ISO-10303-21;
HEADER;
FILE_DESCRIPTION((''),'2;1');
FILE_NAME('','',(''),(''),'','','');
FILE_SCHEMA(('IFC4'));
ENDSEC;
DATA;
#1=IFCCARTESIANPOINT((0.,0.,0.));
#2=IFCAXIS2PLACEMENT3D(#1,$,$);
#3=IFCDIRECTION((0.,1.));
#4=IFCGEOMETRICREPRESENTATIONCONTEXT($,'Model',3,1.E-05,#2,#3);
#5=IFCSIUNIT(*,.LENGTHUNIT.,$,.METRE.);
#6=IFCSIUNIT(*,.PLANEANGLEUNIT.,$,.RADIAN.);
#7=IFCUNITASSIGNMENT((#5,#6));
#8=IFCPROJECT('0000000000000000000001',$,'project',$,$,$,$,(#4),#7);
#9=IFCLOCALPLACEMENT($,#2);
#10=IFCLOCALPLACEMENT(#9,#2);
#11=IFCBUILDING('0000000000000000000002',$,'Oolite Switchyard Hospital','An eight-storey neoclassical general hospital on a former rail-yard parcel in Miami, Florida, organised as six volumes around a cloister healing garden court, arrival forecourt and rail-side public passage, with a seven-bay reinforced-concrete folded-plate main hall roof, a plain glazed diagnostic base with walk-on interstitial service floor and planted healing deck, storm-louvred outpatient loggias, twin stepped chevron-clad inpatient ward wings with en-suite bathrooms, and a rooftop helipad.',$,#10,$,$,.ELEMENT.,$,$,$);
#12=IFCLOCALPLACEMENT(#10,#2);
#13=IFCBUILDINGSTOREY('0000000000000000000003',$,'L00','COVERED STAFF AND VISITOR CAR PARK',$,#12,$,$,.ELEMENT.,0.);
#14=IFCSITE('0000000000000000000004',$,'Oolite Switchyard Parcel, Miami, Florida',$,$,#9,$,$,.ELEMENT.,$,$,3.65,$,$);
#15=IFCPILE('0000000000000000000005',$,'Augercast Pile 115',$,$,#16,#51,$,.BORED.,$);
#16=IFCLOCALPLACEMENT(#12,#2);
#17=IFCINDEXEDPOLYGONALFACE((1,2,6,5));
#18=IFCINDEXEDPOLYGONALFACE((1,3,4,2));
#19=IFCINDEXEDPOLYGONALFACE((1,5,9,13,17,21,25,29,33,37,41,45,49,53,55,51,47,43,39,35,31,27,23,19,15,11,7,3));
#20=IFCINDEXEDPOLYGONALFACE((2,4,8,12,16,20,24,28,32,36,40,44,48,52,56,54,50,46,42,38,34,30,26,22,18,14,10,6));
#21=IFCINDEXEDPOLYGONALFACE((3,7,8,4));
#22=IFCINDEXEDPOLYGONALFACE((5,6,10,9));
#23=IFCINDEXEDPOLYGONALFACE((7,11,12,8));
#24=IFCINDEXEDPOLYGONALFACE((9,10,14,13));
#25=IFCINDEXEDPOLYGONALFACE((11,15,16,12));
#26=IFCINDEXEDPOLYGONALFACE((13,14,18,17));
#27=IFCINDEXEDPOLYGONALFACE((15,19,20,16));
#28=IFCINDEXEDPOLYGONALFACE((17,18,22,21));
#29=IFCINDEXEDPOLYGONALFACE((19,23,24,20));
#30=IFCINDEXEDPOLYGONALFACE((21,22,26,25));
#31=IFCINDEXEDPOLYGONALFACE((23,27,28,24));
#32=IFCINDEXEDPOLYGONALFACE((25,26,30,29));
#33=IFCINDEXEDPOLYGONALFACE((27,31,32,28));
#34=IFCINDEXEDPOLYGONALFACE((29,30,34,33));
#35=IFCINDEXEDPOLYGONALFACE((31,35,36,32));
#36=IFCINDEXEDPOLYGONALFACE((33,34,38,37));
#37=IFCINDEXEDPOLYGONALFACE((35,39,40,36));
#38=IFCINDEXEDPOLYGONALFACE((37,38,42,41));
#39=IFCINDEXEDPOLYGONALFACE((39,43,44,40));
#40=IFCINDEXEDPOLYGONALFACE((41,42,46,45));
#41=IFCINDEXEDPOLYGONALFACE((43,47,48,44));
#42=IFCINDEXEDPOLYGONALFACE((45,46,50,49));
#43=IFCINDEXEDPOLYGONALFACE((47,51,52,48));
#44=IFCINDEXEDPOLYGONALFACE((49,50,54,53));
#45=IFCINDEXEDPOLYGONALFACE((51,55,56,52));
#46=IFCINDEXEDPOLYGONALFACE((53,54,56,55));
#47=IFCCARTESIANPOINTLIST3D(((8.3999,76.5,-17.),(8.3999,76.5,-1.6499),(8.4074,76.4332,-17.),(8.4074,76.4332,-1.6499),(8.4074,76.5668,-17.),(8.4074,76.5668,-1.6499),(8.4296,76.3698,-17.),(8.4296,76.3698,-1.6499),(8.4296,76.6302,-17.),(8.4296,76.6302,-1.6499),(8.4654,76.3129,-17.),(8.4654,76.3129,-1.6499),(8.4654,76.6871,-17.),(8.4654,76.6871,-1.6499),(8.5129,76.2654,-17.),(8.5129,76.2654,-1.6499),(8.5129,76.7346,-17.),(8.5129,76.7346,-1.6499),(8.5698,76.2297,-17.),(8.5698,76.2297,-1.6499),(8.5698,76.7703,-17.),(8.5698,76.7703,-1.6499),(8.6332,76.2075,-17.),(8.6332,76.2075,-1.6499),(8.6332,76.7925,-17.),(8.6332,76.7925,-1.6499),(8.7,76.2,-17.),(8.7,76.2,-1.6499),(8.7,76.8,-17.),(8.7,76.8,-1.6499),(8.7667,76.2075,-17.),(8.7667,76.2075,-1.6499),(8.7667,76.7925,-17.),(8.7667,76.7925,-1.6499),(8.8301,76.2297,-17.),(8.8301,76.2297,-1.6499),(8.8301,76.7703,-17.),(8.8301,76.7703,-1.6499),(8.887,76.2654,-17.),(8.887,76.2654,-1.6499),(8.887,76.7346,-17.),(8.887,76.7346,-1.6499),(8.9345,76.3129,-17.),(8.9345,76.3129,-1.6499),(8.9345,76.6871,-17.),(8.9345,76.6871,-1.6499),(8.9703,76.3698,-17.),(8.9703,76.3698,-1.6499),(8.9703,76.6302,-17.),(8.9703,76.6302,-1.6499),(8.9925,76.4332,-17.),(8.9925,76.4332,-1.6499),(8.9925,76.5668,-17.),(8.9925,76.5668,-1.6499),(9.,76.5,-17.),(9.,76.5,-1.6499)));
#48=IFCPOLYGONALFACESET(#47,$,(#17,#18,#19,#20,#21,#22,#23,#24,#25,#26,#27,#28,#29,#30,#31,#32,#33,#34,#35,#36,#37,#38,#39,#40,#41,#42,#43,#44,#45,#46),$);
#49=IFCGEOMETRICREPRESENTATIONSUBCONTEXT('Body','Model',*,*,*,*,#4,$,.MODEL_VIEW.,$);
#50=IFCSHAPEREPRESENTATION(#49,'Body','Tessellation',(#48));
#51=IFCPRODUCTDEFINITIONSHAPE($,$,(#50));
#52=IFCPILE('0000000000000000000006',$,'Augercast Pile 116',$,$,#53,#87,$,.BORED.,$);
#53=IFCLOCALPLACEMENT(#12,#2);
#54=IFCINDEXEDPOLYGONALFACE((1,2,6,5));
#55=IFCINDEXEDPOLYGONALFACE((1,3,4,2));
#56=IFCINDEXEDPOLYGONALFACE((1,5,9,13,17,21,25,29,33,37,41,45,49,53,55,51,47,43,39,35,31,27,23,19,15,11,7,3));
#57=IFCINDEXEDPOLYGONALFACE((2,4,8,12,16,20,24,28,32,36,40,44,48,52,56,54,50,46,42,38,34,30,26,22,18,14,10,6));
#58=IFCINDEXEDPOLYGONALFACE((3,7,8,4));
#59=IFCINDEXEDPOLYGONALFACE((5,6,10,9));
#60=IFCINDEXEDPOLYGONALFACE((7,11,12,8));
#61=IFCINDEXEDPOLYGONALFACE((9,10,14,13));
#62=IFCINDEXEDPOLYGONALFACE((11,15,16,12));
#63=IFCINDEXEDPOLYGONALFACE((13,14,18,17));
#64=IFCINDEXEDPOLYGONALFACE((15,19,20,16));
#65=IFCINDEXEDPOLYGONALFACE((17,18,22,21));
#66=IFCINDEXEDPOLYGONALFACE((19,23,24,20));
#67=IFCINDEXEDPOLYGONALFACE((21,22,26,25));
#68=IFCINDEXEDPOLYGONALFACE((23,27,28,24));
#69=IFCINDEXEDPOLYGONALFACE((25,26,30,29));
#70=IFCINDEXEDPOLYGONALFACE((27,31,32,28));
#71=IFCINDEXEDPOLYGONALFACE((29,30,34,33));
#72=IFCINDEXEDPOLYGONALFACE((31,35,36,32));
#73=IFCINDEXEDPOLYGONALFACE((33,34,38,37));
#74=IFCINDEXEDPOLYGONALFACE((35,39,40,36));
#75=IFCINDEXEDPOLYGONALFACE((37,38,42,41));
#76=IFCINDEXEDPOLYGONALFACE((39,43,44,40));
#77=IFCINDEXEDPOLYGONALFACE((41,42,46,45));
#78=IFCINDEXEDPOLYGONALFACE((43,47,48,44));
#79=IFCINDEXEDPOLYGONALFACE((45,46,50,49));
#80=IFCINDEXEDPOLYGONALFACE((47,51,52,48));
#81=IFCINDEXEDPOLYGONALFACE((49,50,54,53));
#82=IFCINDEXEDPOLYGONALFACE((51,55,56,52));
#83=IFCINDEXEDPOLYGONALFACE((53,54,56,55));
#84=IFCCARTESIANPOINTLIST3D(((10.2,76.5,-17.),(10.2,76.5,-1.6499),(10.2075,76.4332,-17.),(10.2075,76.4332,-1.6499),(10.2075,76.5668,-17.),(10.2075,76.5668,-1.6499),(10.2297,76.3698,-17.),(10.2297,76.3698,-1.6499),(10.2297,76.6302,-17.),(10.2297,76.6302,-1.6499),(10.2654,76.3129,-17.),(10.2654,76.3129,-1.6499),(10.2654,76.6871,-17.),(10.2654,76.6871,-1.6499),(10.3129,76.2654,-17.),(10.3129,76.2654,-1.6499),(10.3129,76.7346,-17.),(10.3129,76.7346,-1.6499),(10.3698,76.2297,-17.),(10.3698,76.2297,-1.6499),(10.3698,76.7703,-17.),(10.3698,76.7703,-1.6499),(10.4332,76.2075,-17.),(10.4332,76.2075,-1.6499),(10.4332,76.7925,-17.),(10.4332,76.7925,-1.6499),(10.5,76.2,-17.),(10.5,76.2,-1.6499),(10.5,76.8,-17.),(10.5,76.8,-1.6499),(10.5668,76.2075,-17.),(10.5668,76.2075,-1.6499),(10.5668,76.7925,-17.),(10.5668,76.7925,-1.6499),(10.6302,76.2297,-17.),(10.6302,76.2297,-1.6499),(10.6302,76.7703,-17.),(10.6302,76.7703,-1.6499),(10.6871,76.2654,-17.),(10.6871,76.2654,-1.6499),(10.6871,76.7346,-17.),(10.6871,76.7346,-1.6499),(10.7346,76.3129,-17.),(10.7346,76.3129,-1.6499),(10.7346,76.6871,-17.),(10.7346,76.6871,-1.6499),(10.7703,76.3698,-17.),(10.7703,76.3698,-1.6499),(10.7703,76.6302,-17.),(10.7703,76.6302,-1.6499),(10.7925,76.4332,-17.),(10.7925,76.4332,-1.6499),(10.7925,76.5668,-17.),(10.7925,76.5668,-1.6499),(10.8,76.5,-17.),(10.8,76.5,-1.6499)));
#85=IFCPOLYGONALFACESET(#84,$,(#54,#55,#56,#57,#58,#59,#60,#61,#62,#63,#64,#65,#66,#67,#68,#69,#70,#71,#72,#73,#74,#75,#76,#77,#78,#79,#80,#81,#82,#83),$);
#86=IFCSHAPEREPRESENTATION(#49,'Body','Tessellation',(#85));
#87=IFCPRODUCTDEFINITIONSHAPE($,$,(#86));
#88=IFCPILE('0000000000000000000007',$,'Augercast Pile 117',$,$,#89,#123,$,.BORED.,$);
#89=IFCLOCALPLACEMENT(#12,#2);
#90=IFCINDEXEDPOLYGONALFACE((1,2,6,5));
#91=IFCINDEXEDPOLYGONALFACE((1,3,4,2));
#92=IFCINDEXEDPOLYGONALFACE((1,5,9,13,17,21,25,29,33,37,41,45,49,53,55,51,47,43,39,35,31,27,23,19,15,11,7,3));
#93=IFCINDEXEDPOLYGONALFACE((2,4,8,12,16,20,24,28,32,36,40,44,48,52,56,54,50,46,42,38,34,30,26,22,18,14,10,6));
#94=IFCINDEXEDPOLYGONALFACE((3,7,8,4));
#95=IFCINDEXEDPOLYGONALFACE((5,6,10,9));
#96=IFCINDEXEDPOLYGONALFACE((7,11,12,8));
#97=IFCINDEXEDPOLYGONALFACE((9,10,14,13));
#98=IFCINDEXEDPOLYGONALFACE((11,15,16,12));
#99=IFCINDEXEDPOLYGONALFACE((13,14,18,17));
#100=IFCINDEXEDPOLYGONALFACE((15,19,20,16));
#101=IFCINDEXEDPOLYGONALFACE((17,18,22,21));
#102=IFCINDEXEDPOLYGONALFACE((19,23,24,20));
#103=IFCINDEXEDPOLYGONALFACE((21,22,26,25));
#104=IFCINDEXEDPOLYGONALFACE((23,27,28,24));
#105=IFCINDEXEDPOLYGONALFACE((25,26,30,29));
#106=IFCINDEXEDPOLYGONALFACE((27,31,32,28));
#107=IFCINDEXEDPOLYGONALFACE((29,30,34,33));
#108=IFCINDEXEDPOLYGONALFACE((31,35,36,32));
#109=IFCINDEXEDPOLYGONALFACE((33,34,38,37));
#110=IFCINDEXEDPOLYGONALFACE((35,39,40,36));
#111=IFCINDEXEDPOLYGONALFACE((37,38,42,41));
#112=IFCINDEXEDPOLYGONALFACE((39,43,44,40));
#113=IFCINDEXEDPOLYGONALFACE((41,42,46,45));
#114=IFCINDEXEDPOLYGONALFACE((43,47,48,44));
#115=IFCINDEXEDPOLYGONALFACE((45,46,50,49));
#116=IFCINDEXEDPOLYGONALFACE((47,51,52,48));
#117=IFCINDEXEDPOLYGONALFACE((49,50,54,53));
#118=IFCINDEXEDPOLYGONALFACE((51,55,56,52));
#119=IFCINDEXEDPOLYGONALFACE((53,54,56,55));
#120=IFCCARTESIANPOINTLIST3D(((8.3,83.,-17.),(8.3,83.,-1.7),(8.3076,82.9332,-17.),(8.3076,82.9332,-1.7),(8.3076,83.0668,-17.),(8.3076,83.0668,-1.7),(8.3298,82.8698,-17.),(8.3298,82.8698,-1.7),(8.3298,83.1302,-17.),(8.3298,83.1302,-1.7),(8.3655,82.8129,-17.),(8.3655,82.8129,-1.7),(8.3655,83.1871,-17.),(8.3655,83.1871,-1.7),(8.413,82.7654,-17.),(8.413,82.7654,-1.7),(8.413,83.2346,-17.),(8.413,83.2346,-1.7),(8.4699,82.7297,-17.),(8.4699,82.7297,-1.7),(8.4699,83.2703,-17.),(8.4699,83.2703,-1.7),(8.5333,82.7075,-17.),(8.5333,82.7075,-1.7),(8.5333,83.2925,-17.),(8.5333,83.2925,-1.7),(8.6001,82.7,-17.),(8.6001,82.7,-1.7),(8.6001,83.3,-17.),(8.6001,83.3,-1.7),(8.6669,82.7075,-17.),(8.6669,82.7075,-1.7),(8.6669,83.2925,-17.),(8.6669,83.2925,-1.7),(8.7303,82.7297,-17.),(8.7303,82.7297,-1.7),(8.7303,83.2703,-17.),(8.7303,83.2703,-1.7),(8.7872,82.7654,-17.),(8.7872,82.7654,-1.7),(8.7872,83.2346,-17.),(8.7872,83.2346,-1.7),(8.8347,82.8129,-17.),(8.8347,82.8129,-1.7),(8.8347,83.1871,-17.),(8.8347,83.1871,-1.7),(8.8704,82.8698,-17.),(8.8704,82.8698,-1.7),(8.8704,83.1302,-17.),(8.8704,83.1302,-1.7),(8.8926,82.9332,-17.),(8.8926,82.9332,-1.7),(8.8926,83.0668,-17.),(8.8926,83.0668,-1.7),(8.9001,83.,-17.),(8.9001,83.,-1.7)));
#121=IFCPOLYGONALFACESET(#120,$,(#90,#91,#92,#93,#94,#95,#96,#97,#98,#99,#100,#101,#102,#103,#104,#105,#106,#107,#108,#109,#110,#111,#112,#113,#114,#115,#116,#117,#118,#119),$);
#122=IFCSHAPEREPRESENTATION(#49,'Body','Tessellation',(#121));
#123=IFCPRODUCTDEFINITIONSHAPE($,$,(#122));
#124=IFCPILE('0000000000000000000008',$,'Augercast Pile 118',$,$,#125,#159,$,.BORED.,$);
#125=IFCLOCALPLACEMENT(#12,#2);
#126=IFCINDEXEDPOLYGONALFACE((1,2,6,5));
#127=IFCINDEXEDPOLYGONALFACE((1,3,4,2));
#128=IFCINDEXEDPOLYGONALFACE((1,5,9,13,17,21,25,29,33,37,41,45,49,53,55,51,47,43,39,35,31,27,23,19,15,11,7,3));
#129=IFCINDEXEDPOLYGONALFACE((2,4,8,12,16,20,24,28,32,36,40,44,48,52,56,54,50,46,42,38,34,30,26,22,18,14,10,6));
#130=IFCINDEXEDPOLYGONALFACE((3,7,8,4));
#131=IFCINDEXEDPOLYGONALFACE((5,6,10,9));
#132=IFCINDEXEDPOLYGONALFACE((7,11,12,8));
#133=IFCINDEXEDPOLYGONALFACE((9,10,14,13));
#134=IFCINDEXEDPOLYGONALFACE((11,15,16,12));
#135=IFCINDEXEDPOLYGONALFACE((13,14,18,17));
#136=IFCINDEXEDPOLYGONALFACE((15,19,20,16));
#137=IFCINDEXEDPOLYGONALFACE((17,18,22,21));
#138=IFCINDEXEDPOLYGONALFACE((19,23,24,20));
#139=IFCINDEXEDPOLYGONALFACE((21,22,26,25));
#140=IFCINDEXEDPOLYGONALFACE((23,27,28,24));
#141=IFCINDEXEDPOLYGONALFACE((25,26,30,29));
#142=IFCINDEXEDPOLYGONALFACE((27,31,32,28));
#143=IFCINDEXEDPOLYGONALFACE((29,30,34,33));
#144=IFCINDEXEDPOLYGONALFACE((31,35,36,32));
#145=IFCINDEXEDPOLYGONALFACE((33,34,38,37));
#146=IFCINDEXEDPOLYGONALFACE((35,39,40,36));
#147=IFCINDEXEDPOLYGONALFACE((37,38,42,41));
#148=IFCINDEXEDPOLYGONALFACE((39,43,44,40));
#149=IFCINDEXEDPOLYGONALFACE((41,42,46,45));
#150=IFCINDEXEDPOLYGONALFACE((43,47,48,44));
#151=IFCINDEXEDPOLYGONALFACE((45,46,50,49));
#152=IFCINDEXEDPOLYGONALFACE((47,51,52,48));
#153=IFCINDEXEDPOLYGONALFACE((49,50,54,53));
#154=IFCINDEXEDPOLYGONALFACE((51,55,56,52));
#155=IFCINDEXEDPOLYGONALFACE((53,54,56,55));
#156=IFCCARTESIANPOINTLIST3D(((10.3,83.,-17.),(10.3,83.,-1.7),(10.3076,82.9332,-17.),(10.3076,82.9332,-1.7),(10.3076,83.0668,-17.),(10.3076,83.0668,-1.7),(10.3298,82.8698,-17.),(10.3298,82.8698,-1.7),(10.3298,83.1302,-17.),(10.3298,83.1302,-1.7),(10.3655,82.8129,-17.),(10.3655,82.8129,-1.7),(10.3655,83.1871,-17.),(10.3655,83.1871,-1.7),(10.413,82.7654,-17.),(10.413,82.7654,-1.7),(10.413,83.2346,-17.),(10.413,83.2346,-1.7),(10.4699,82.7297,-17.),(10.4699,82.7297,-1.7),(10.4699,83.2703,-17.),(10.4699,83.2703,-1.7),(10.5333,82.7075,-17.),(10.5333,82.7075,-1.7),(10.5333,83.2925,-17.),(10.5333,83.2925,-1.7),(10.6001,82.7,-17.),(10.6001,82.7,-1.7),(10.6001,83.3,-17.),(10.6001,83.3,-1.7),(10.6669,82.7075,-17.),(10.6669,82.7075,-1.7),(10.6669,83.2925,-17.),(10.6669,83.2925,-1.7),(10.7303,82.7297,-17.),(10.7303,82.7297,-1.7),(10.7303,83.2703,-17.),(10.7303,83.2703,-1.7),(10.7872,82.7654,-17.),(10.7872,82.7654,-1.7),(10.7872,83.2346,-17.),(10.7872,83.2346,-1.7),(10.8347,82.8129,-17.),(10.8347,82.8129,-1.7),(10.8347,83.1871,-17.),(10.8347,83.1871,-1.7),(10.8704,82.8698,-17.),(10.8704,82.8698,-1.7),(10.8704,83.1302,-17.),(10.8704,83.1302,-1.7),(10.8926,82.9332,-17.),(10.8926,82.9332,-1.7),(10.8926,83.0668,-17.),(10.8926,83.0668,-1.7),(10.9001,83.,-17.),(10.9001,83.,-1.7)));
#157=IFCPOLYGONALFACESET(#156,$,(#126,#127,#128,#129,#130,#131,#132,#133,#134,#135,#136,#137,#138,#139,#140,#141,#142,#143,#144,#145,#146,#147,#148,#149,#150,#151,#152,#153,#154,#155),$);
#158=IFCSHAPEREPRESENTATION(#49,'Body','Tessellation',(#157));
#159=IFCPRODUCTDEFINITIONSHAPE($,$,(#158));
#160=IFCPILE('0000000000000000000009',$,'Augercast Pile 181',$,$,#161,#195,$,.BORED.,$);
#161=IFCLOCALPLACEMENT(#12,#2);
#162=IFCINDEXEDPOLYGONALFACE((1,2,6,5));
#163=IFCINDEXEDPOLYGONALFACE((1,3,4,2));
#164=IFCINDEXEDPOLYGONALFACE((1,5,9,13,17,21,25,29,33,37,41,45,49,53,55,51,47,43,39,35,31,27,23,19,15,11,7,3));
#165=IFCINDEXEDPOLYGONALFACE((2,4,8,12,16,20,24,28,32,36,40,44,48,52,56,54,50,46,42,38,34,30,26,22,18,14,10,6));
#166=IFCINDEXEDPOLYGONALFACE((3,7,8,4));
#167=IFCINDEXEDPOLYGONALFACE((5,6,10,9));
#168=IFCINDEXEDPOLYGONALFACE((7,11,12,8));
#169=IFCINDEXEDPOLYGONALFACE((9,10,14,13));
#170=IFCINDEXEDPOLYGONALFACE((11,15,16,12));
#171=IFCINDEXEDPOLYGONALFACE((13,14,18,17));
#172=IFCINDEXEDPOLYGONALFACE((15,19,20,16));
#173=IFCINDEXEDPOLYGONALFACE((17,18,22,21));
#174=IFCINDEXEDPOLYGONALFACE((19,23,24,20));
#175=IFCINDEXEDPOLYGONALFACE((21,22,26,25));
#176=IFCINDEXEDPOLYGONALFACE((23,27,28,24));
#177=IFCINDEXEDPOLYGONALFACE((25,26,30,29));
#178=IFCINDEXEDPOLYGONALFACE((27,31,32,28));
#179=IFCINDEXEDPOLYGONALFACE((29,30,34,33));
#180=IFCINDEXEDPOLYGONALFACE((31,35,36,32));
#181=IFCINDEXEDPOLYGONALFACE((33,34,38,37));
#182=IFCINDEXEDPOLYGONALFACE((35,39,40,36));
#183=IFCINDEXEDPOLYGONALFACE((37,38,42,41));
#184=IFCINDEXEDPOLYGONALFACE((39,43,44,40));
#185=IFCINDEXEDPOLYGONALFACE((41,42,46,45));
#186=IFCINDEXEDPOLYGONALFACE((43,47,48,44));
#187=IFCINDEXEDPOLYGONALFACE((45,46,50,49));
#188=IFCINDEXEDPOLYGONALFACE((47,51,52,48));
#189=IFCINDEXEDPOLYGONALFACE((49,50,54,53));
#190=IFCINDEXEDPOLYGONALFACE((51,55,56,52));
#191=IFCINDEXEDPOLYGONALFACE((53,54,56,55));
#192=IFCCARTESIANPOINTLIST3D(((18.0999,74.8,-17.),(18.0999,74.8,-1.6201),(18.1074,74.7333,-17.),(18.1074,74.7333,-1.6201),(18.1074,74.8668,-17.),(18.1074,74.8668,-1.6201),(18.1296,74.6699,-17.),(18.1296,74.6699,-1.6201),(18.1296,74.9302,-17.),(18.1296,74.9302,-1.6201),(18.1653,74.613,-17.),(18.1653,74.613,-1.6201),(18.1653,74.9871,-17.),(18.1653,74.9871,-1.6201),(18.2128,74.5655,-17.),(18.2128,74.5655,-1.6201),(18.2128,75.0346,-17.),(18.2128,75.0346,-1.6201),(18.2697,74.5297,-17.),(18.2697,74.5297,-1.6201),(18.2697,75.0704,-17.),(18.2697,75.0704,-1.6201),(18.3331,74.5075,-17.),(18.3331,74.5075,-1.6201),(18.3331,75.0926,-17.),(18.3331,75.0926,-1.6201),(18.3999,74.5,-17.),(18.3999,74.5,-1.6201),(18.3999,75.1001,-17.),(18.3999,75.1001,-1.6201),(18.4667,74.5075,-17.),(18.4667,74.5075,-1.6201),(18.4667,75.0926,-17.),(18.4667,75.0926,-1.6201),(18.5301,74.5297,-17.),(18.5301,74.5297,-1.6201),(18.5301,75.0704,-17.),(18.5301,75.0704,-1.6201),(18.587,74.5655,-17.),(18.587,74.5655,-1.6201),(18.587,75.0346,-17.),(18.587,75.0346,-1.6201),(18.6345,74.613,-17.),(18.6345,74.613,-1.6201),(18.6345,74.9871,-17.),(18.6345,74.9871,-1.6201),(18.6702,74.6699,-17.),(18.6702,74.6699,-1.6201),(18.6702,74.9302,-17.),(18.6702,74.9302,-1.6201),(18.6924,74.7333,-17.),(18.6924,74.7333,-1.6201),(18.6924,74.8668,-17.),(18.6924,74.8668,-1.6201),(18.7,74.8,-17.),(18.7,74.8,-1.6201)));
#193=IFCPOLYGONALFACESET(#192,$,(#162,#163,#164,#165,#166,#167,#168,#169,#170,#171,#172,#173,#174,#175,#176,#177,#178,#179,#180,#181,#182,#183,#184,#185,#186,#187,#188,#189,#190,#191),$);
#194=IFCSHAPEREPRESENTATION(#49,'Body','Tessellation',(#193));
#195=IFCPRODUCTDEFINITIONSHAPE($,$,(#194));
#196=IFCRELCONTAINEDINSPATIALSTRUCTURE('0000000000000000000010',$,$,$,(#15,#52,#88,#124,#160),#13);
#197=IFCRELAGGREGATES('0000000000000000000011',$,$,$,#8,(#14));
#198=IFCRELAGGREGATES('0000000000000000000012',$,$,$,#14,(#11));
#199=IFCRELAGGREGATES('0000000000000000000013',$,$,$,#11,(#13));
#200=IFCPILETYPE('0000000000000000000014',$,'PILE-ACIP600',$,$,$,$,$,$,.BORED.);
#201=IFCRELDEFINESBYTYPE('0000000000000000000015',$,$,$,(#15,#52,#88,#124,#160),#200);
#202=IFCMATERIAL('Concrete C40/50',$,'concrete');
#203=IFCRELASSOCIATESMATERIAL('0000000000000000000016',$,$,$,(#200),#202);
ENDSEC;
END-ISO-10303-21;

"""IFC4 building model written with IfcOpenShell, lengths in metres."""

from ifc_helpers import new_model, si_unit, direction, frame, origin, origin_2d, place, context, subcontext, project, spatial, circle, extrude, material, material_profile, profile_set, type_object, element, save


model = new_model("IFC4")

# Units and contexts
model_context = context("Model", 3, precision=1e-05, world=origin(), true_north=direction((0.0, 1.0)))
body_context = subcontext(model_context, "Body", "Model", "MODEL_VIEW")
ifc_project = project(units=[si_unit("LENGTHUNIT", "METRE"), si_unit("PLANEANGLEUNIT", "RADIAN")], contexts=[model_context])

# Site, building, storey
site_placement = place(None, origin())
site = spatial("IfcSite", under=ifc_project, at=site_placement, Name="Oolite Switchyard Parcel, Miami, Florida", CompositionType="ELEMENT", RefElevation=3.65)
building_placement = place(site_placement, origin())
building = spatial("IfcBuilding", under=site, at=building_placement, Name="Oolite Switchyard Hospital", Description="An eight-storey neoclassical general hospital on a former rail-yard parcel in Miami, Florida, organised as six volumes around a cloister healing garden court, arrival forecourt and rail-side public passage, with a seven-bay reinforced-concrete folded-plate main hall roof, a plain glazed diagnostic base with walk-on interstitial service floor and planted healing deck, storm-louvred outpatient loggias, twin stepped chevron-clad inpatient ward wings with en-suite bathrooms, and a rooftop helipad.", CompositionType="ELEMENT")
storey_placement = place(building_placement, origin())
storey = spatial("IfcBuildingStorey", under=building, at=storey_placement, Name="L00", Description="COVERED STAFF AND VISITOR CAR PARK", CompositionType="ELEMENT", Elevation=0.0)

# Shared definitions
ifc_material_1 = material(Name="Concrete C40/50", Category="concrete")

# Piles
ifc_material_profile_1 = material_profile(ifc_material_1, circle(Radius=0.3, at=origin_2d()), Name="PILE600")
ifc_profile_set_1 = profile_set([ifc_material_profile_1], Name="Concrete C40/50")
pile_type = type_object("IfcPileType", Name="PILE-ACIP600", PredefinedType="BORED", material=ifc_profile_set_1)
for number, where, z_axis, x_axis, name in (
    (1, (8.7, 76.5, -1.6499), (0.0, 0.0, -1.0), (1.0, 0.0, 0.0), "Augercast Pile 115"),
    (2, (10.5, 76.5, -1.6499), (0.0, 0.0, -1.0), (1.0, 0.0, 0.0), "Augercast Pile 116"),
):
    element("IfcPile", number, at=place(storey_placement, frame(where, z_axis=z_axis, x_axis=x_axis)), inside=storey, type_object=pile_type, Name=name, PredefinedType="BORED", context=body_context, shape_type="SweptSolid", body=[
        extrude(circle(Radius=0.3, at=origin_2d()), origin(), (0.0, 0.0, 1.0), 15.3501),
    ])
for number, where, z_axis, x_axis, name in (
    (3, (8.6001, 83.0, -1.7), (0.0, 0.0, -1.0), (1.0, 0.0, 0.0), "Augercast Pile 117"),
    (4, (10.6001, 83.0, -1.7), (0.0, 0.0, -1.0), (1.0, 0.0, 0.0), "Augercast Pile 118"),
):
    element("IfcPile", number, at=place(storey_placement, frame(where, z_axis=z_axis, x_axis=x_axis)), inside=storey, type_object=pile_type, Name=name, PredefinedType="BORED", context=body_context, shape_type="SweptSolid", body=[
        extrude(circle(Radius=0.3, at=origin_2d()), origin(), (0.0, 0.0, 1.0), 15.3),
    ])
pile_1_placement = place(storey_placement, frame((18.3999, 74.8, -1.6201), z_axis=(0.0, 0.0, -1.0), x_axis=(1.0, 0.0, 0.0)))
element("IfcPile", 5, at=pile_1_placement, inside=storey, type_object=pile_type, Name="Augercast Pile 181", PredefinedType="BORED", context=body_context, shape_type="SweptSolid", body=[
    extrude(circle(Radius=0.3, at=origin_2d()), origin(), (0.0, 0.0, 1.0), 15.3799),
])

save(model, "model.ifc")
